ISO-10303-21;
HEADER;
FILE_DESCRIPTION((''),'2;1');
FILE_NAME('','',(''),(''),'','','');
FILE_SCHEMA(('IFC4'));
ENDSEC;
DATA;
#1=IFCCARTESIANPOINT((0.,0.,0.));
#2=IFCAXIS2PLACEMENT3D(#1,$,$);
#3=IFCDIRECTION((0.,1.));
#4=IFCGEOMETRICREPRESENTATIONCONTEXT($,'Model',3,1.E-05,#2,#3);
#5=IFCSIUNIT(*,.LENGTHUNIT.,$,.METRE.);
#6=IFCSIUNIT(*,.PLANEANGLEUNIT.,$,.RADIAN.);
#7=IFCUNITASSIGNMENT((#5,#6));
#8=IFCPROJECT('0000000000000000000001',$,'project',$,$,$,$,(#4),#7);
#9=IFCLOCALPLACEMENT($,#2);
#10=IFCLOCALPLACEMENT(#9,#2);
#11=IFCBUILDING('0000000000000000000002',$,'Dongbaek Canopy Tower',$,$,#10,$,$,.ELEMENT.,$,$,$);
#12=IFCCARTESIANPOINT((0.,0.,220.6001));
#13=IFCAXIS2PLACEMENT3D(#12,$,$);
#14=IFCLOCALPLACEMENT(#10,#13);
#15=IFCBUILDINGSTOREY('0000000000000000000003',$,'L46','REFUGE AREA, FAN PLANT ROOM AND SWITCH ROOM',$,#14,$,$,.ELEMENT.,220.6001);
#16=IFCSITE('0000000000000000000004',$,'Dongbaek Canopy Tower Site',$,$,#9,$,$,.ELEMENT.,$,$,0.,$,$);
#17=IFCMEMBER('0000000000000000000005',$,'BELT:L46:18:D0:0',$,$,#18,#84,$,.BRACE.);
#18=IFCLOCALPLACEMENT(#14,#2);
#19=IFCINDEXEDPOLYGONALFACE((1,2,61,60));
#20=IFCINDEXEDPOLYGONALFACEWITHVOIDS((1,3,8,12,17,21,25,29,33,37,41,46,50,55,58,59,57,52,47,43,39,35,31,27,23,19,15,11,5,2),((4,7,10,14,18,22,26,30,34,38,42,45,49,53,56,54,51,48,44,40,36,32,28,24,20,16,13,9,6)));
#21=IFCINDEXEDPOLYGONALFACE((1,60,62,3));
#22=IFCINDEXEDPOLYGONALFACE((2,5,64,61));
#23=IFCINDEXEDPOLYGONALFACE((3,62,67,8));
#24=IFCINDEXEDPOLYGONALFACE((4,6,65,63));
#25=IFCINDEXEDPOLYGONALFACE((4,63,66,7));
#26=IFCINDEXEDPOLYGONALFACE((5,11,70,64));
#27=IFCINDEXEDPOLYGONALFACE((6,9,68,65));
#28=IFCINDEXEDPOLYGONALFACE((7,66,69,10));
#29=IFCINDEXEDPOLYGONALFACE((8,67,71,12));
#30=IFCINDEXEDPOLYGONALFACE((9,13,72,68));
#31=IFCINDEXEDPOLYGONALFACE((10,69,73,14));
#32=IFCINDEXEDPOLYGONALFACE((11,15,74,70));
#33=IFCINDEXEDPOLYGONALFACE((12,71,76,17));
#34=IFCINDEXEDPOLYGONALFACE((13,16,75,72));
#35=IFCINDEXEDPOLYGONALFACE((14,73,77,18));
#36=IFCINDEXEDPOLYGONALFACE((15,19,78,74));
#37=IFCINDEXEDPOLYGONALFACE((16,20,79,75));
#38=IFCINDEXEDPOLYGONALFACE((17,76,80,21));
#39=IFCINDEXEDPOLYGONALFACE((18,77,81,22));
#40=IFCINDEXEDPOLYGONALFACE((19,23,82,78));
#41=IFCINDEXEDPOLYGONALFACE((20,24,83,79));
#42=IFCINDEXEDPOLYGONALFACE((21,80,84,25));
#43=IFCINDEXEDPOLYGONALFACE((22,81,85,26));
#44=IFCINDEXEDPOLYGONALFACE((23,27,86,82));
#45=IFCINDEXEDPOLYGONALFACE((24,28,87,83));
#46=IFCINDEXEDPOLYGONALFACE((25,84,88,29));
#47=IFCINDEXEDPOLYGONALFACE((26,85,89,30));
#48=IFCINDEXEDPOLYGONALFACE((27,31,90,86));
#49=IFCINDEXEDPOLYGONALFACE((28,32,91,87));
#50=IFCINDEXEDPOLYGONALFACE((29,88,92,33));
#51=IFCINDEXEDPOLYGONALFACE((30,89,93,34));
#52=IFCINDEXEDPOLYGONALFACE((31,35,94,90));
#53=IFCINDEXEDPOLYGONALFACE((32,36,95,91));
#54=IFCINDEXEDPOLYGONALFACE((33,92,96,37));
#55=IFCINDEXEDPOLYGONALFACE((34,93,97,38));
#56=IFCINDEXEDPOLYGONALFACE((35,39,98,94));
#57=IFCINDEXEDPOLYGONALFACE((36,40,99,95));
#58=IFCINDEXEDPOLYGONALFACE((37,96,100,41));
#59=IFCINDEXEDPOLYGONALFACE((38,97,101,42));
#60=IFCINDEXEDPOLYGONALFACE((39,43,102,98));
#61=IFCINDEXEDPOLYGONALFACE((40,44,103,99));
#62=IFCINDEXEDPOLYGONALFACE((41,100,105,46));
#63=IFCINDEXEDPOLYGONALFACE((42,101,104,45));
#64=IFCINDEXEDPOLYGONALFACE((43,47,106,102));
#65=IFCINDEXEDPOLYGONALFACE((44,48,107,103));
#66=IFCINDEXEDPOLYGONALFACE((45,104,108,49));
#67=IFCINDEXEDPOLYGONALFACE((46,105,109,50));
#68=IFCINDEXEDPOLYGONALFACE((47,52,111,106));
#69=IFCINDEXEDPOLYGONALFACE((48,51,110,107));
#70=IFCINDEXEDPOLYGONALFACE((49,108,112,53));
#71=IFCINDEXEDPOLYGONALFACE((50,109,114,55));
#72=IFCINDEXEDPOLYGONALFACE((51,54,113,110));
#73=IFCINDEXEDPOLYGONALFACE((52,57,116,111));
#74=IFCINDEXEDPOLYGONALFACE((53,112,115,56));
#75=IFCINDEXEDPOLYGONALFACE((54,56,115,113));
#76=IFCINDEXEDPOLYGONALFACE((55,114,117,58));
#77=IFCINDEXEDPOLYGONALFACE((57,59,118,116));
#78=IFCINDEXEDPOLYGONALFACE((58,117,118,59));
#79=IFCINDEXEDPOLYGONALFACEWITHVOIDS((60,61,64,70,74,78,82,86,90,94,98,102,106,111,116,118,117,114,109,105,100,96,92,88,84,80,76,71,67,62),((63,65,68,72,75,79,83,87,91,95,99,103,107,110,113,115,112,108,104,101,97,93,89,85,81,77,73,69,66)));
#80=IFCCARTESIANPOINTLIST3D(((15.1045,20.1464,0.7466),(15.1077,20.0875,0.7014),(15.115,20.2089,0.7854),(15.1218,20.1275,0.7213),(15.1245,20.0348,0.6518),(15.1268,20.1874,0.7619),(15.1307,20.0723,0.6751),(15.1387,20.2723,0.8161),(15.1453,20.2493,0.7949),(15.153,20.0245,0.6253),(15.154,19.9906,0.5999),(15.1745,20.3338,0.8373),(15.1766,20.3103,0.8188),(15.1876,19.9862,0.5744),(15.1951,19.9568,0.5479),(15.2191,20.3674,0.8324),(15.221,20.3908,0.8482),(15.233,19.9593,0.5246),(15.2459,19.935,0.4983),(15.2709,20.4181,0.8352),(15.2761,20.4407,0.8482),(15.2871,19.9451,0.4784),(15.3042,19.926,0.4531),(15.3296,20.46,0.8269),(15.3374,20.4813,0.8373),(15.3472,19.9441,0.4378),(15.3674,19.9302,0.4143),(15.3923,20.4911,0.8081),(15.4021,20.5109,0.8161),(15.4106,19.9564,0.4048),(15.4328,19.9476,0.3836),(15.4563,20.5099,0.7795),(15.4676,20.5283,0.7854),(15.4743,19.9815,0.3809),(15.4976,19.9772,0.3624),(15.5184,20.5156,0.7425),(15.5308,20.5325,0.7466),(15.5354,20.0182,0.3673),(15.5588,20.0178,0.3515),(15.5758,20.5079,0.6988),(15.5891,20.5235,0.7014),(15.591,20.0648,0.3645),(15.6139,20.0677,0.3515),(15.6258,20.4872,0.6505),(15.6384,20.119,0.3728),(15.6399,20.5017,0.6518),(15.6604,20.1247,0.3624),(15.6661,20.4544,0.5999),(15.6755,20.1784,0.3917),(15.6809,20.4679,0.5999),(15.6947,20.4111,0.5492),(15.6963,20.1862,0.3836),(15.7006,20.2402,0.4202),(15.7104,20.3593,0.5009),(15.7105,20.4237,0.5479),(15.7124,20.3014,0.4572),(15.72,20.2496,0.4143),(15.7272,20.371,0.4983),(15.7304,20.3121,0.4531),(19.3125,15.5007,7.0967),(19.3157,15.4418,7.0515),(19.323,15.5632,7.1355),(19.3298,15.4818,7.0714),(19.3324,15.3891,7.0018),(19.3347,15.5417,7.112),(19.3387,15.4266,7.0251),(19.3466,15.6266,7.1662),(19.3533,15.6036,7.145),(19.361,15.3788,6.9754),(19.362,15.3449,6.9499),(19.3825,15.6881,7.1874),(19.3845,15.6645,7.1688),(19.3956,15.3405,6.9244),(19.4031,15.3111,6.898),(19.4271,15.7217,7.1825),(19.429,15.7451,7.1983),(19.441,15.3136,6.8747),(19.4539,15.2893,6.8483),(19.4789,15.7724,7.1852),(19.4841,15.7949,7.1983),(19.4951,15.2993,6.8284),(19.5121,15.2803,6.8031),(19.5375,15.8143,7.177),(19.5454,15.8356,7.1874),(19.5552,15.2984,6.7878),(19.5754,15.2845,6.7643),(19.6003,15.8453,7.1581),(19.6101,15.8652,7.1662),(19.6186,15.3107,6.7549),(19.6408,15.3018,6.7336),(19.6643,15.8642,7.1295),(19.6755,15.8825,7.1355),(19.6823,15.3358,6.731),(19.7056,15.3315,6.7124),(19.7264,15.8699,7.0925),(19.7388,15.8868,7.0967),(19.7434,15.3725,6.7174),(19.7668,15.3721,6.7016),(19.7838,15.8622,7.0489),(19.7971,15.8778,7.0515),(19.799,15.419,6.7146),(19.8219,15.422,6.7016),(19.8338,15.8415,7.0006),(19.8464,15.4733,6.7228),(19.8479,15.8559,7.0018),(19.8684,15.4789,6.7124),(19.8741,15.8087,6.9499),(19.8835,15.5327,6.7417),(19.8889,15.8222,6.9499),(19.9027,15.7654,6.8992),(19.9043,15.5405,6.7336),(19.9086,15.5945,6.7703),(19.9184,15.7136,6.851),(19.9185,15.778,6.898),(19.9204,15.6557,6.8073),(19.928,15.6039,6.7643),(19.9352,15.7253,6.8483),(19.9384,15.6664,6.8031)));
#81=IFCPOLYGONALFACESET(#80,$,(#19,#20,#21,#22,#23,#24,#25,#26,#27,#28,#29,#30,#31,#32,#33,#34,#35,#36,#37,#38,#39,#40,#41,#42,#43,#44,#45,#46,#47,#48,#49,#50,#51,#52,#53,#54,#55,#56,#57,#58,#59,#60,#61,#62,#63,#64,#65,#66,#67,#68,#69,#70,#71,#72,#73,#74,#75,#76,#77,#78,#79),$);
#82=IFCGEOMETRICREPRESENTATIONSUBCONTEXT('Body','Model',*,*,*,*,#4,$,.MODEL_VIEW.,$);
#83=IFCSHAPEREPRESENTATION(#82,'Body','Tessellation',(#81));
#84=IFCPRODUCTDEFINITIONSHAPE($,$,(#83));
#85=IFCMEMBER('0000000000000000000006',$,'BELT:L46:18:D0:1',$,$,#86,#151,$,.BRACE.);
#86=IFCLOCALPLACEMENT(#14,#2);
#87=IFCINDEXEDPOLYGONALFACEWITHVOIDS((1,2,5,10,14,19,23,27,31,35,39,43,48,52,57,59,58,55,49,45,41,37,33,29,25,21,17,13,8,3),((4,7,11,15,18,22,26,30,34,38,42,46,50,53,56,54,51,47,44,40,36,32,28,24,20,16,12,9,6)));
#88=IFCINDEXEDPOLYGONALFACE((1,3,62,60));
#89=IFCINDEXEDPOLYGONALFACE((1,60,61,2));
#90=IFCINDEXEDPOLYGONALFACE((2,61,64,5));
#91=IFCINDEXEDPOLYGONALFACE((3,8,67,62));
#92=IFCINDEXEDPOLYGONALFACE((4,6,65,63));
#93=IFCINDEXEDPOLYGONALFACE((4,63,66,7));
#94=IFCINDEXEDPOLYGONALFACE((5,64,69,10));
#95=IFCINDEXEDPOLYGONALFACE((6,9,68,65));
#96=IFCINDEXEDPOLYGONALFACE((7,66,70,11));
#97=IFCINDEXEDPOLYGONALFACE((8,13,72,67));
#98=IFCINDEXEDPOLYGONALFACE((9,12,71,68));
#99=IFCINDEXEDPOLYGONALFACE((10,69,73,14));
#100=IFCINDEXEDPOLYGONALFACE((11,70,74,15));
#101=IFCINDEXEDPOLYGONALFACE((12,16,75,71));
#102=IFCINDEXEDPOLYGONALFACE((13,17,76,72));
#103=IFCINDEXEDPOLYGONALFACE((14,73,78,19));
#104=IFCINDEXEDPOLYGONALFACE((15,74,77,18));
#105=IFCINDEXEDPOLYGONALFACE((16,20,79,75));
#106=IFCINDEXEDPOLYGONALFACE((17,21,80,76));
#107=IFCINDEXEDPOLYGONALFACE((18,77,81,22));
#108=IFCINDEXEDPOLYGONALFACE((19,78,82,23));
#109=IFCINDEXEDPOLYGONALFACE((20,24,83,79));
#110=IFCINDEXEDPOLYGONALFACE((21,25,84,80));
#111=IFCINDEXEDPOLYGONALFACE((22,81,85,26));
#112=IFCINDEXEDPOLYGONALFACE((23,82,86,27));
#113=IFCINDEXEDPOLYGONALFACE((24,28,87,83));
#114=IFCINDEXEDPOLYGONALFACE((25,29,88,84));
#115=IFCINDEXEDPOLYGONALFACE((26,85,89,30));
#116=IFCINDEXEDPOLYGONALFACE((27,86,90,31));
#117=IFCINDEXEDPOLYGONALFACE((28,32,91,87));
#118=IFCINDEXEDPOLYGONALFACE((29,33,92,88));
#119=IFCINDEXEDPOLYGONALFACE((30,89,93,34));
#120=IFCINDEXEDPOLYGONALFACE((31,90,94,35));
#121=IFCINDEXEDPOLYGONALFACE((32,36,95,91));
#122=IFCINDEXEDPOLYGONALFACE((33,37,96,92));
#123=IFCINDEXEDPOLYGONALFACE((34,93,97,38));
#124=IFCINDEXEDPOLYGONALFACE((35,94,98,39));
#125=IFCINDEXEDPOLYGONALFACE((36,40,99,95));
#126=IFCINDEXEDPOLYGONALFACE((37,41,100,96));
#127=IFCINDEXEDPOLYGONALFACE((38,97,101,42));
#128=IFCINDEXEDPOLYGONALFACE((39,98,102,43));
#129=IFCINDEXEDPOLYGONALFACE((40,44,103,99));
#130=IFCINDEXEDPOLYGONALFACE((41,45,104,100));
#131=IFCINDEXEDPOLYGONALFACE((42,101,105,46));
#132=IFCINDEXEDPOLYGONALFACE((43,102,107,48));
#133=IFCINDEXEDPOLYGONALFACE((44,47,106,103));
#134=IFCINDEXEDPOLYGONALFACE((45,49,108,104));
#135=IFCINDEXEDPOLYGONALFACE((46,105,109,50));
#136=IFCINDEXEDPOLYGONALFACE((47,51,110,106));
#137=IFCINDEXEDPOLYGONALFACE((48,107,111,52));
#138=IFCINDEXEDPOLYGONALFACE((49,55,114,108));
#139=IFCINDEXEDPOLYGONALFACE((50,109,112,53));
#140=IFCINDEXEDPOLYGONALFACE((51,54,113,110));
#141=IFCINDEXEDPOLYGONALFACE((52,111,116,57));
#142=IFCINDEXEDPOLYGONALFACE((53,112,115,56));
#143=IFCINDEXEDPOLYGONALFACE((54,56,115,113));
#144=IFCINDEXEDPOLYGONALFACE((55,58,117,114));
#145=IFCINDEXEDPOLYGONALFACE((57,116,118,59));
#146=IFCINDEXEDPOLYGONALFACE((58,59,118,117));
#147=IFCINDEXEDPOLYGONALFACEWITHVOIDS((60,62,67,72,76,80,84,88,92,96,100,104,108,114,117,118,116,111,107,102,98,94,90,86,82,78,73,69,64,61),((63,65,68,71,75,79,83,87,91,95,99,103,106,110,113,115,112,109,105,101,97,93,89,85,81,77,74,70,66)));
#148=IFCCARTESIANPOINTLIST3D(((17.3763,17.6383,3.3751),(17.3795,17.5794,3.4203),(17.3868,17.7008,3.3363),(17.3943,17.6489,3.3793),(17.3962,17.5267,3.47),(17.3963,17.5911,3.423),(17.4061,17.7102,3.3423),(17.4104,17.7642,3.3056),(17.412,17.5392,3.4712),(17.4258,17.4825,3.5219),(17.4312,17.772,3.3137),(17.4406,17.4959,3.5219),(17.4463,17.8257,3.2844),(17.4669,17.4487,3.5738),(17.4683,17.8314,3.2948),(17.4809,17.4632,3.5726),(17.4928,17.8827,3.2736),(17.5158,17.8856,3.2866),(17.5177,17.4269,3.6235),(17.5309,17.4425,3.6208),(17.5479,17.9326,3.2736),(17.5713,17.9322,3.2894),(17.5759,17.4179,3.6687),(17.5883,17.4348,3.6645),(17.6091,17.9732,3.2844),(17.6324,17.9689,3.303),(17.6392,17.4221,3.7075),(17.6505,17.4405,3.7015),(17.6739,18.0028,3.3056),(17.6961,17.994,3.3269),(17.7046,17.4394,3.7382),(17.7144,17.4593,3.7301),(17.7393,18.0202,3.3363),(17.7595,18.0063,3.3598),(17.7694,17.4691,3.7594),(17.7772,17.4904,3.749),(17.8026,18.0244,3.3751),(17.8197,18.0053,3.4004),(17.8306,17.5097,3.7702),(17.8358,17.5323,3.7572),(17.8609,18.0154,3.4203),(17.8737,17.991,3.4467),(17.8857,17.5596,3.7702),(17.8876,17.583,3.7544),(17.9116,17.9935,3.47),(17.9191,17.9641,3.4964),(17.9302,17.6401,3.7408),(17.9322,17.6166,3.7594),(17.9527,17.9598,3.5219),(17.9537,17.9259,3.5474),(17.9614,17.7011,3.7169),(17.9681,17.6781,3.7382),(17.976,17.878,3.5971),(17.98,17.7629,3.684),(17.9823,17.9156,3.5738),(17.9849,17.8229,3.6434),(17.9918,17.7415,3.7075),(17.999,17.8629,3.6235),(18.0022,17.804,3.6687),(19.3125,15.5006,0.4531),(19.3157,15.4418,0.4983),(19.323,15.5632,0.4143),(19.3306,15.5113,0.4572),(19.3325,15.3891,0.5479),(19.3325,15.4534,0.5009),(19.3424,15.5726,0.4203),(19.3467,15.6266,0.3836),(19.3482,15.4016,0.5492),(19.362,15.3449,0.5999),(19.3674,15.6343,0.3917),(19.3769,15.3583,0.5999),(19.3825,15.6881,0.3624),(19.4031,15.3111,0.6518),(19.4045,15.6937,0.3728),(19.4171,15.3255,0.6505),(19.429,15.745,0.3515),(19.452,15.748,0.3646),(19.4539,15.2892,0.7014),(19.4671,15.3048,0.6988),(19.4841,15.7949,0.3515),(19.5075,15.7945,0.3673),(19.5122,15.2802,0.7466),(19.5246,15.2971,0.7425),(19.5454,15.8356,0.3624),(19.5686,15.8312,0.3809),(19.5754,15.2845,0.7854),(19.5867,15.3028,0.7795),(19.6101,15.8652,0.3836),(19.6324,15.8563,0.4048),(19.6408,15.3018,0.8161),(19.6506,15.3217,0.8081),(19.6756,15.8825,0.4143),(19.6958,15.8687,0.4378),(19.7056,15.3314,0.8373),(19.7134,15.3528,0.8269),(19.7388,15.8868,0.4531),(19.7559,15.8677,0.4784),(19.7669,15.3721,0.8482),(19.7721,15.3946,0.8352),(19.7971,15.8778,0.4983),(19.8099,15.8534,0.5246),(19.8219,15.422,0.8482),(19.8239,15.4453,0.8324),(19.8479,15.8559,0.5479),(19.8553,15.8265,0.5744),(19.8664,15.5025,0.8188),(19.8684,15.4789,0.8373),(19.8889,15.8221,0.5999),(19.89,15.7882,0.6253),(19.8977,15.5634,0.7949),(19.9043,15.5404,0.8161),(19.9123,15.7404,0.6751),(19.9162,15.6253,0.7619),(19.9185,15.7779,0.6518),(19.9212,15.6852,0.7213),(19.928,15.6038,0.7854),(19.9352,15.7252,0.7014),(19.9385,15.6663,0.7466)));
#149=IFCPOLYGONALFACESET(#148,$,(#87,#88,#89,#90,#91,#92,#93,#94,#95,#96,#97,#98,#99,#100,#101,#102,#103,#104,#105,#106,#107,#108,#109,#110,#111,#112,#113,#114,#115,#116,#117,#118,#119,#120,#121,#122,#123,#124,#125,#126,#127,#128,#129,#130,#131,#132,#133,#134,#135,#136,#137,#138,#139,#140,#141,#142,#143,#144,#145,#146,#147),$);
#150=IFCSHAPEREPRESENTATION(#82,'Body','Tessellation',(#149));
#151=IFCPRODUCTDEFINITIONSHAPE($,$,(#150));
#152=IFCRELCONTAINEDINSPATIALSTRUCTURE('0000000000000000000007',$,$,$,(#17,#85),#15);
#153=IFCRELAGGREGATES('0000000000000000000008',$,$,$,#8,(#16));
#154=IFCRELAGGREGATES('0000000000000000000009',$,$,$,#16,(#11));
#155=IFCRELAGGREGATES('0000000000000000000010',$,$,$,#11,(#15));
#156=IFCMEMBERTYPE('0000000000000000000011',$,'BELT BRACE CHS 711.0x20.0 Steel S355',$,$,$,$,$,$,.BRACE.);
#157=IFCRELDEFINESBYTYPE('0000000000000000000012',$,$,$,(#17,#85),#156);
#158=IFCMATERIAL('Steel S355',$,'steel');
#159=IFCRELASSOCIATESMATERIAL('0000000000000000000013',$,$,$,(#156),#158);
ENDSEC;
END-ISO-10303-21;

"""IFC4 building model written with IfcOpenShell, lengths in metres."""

from ifc_helpers import new_model, si_unit, direction, frame, origin, origin_2d, place, context, subcontext, project, spatial, hollow_circle, extrude, material, material_profile, profile_set, type_object, element, save


model = new_model("IFC4")

# Units and contexts
model_context = context("Model", 3, precision=1e-05, world=origin(), true_north=direction((0.0, 1.0)))
body_context = subcontext(model_context, "Body", "Model", "MODEL_VIEW")
ifc_project = project(units=[si_unit("LENGTHUNIT", "METRE"), si_unit("PLANEANGLEUNIT", "RADIAN")], contexts=[model_context])

# Site, building, storey
site_placement = place(None, origin())
site = spatial("IfcSite", under=ifc_project, at=site_placement, Name="Dongbaek Canopy Tower Site", CompositionType="ELEMENT", RefElevation=0.0)
building_placement = place(site_placement, origin())
building = spatial("IfcBuilding", under=site, at=building_placement, Name="Dongbaek Canopy Tower", CompositionType="ELEMENT")
storey_placement = place(building_placement, frame((0.0, 0.0, 220.6001)))
storey = spatial("IfcBuildingStorey", under=building, at=storey_placement, Name="L46", Description="REFUGE AREA, FAN PLANT ROOM AND SWITCH ROOM", CompositionType="ELEMENT", Elevation=220.6001)

# Members
ifc_material_1 = material(Name="Steel S355", Category="steel")
ifc_material_profile_1 = material_profile(ifc_material_1, hollow_circle(Radius=0.3555, WallThickness=0.02, at=origin_2d()), Name="BELT BRACE CHS 711.0x20.0 Steel S355")
ifc_profile_set_1 = profile_set([ifc_material_profile_1], Name="Steel S355")
member_type_1 = type_object("IfcMemberType", Name="BELT BRACE CHS 711.0x20.0 Steel S355", PredefinedType="BRACE", material=ifc_profile_set_1)
member_1_placement = place(storey_placement, frame((15.4175, 20.2292, 0.5999), z_axis=(0.471608, -0.520668, 0.711681), x_axis=(0.741162, 0.671326, 0.0)))
element("IfcMember", 1, at=member_1_placement, inside=storey, type_object=member_type_1, Name="BELT:L46:18:D0:0", PredefinedType="BRACE", context=body_context, shape_type="SweptSolid", body=[
    extrude(hollow_circle(Radius=0.3555, WallThickness=0.02, at=origin_2d()), origin(), (0.0, 0.0, 1.0), 8.9226),
])
for number, where, z_axis, x_axis, name in (
    (2, (19.6255, 15.5835, 0.5999), (-0.471595, 0.520651, 0.711703), (-0.741161, -0.671328, 0.0), "BELT:L46:18:D0:1"),
):
    element("IfcMember", number, at=place(storey_placement, frame(where, z_axis=z_axis, x_axis=x_axis)), inside=storey, type_object=member_type_1, Name=name, PredefinedType="BRACE", context=body_context, shape_type="SweptSolid", body=[
        extrude(hollow_circle(Radius=0.3555, WallThickness=0.02, at=origin_2d()), origin(), (0.0, 0.0, 1.0), 4.1057),
    ])

save(model, "model.ifc")
